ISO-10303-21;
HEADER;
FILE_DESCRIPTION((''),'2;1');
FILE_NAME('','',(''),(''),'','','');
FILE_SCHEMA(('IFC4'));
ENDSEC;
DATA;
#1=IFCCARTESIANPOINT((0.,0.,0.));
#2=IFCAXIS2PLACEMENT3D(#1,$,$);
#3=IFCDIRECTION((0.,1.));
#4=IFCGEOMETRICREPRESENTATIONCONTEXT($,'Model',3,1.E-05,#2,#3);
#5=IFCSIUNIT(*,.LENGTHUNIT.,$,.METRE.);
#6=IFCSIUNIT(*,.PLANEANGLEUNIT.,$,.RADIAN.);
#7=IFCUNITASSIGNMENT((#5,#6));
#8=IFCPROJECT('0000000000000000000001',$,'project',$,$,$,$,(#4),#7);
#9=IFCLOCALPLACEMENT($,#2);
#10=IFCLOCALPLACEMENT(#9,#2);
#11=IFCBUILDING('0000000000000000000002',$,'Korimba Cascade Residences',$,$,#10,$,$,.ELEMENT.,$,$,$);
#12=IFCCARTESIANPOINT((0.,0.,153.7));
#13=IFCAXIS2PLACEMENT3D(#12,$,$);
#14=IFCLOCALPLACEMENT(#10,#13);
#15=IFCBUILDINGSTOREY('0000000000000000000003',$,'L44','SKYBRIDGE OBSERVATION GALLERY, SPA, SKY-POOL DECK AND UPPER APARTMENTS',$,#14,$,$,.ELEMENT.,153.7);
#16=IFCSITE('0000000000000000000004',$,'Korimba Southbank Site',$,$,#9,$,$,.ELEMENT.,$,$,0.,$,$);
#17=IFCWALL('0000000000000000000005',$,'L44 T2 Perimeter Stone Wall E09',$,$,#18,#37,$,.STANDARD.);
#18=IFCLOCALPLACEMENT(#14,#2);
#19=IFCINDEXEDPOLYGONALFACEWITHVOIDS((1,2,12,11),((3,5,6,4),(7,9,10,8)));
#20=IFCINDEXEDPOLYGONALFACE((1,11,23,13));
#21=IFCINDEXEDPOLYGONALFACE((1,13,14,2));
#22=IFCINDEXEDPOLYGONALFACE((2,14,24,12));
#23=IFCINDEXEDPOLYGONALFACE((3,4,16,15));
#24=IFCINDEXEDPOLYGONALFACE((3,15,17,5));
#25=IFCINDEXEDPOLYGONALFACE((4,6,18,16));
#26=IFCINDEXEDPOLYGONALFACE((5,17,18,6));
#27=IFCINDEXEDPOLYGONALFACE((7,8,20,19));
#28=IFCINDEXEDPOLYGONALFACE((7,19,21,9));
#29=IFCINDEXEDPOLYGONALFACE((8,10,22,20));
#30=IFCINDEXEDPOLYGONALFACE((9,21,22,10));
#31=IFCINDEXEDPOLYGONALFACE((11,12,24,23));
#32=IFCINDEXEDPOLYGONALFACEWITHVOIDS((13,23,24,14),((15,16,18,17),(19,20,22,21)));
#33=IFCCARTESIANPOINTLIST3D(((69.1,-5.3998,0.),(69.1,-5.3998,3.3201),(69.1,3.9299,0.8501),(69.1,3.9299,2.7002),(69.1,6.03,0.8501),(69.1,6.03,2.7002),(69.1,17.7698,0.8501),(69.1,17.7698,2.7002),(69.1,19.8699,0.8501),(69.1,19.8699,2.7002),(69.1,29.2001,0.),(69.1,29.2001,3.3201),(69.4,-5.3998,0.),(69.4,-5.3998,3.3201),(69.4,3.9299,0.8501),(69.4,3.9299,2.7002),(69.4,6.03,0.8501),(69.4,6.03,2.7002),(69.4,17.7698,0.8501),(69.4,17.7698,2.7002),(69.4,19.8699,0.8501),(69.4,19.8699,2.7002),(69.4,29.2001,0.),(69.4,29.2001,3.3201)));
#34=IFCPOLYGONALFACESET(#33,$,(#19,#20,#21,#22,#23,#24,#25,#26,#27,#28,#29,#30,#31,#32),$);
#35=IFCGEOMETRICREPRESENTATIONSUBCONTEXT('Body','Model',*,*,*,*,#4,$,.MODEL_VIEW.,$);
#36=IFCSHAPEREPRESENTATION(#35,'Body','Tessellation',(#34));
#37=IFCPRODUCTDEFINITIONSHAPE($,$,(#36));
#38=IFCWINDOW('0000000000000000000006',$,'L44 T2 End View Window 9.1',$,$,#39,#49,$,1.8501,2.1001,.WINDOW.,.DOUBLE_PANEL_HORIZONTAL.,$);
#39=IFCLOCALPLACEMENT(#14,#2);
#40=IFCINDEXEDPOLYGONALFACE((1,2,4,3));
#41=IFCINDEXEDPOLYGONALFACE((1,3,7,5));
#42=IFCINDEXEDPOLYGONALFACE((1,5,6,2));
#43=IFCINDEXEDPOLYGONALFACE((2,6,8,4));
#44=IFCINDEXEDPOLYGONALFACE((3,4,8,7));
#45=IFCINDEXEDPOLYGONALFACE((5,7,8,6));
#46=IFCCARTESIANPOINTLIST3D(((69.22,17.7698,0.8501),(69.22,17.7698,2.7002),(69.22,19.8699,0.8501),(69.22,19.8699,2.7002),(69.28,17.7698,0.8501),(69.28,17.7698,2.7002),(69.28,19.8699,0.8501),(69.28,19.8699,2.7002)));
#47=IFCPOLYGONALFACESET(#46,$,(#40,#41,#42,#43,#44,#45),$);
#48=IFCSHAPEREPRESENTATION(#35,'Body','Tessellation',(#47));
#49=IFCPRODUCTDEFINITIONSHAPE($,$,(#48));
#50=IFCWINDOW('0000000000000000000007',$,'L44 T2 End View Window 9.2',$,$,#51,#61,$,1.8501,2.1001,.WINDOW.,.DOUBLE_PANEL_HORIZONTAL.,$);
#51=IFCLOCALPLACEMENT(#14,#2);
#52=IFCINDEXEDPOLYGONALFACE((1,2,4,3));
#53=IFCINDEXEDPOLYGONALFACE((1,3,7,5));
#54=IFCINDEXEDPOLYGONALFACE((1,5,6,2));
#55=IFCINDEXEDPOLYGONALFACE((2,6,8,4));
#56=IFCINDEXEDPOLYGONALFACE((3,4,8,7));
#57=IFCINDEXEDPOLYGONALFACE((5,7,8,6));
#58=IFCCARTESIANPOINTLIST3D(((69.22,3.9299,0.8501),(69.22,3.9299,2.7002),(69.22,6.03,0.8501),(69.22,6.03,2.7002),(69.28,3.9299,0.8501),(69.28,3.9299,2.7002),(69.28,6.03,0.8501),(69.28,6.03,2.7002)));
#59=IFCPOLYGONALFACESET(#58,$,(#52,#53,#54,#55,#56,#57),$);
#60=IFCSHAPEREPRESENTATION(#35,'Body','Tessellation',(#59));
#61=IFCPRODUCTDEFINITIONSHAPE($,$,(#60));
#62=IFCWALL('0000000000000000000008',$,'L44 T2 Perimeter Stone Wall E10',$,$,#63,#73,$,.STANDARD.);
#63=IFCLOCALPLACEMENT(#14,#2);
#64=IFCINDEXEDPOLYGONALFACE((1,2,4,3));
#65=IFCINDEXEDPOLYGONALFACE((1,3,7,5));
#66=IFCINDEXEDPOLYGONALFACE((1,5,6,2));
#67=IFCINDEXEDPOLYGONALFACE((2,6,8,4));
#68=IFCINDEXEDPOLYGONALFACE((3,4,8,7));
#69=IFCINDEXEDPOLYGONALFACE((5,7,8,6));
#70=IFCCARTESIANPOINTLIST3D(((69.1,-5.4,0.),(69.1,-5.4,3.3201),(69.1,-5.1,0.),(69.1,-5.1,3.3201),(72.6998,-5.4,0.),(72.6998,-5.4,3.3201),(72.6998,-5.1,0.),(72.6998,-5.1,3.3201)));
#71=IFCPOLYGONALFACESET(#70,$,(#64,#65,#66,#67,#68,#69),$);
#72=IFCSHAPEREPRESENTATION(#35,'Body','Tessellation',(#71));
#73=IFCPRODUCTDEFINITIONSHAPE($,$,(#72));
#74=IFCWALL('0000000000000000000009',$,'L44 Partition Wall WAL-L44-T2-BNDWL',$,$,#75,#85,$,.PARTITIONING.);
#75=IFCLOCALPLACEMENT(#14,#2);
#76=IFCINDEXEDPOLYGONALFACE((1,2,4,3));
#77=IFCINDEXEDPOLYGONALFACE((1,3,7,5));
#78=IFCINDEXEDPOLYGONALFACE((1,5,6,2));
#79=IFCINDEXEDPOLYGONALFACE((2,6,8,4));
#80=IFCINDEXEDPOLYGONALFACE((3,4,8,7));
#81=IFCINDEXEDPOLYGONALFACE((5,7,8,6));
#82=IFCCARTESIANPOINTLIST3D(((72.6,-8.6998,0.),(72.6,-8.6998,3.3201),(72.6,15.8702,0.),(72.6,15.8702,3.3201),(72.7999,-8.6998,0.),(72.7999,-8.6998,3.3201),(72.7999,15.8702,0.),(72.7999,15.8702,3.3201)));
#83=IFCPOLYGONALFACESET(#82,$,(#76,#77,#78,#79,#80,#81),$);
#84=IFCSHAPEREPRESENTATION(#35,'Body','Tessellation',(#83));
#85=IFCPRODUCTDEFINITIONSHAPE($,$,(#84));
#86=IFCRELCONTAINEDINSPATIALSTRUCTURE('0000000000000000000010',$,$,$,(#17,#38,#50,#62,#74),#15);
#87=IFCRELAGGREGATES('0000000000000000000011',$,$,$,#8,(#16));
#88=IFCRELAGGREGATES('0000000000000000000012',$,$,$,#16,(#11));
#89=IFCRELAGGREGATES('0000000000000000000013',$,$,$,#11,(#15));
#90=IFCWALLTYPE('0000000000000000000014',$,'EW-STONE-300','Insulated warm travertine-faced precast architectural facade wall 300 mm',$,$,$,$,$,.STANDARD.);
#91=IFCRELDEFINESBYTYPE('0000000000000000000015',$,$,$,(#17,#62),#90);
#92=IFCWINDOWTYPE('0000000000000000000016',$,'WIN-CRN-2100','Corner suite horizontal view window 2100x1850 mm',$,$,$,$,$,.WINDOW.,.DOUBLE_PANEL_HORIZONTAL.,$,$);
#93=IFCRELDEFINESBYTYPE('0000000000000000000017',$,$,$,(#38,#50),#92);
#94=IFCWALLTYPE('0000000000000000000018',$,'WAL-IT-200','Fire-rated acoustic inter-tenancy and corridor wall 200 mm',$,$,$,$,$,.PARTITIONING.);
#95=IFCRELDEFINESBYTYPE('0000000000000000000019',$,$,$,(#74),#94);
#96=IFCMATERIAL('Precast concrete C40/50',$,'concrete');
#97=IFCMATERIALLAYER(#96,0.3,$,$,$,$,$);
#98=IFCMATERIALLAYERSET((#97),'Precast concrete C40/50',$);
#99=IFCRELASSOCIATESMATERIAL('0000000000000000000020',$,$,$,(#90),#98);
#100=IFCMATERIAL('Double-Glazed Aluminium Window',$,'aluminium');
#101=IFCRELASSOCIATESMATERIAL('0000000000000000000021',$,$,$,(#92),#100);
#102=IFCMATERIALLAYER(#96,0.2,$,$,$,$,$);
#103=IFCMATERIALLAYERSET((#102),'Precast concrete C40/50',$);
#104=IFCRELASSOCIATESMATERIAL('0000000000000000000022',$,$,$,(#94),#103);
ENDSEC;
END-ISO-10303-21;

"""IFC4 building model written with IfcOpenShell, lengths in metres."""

from ifc_helpers import new_model, si_unit, direction, frame, frame_2d, origin, place, context, subcontext, project, spatial, rectangle, extrude, material, layer, layer_set, type_object, element, fill, save


model = new_model("IFC4")

# Units and contexts
model_context = context("Model", 3, precision=1e-05, world=origin(), true_north=direction((0.0, 1.0)))
body_context = subcontext(model_context, "Body", "Model", "MODEL_VIEW")
ifc_project = project(units=[si_unit("LENGTHUNIT", "METRE"), si_unit("PLANEANGLEUNIT", "RADIAN")], contexts=[model_context])

# Site, building, storey
site_placement = place(None, origin())
site = spatial("IfcSite", under=ifc_project, at=site_placement, Name="Korimba Southbank Site", CompositionType="ELEMENT", RefElevation=0.0)
building_placement = place(site_placement, origin())
building = spatial("IfcBuilding", under=site, at=building_placement, Name="Korimba Cascade Residences", CompositionType="ELEMENT")
storey_placement = place(building_placement, frame((0.0, 0.0, 153.7)))
storey = spatial("IfcBuildingStorey", under=building, at=storey_placement, Name="L44", Description="SKYBRIDGE OBSERVATION GALLERY, SPA, SKY-POOL DECK AND UPPER APARTMENTS", CompositionType="ELEMENT", Elevation=153.7)

# Shared definitions
ifc_material_1 = material(Name="Precast concrete C40/50", Category="concrete")

# Shared definitions
ifc_material_2 = material(Name="Double-Glazed Aluminium Window", Category="aluminium")

# Wall, openings, windows
ifc_layer_1 = layer(ifc_material_1, 0.3)
ifc_layer_set_1 = layer_set([ifc_layer_1], Name="Precast concrete C40/50")
wall_type_1 = type_object("IfcWallType", Name="EW-STONE-300", Description="Insulated warm travertine-faced precast architectural facade wall 300 mm", PredefinedType="STANDARD", material=ifc_layer_set_1)
wall_1_placement = place(storey_placement, frame((69.25, 29.2, 0.0), z_axis=(0.0, 0.0, 1.0), x_axis=(0.0, -1.0, 0.0)))
wall_1 = element("IfcWall", 1, at=wall_1_placement, inside=storey, type_object=wall_type_1, Name="L44 T2 Perimeter Stone Wall E09", PredefinedType="STANDARD", context=body_context, shape_type="SweptSolid", body=[
    extrude(rectangle(XDim=34.5999, YDim=0.3, at=frame_2d((17.2998, 0.0))), origin(), (0.0, 0.0, 1.0), 3.3201),
])
opening_1_placement = place(wall_1_placement, frame((9.3301, 0.0, 0.8501)))
opening_1 = element("IfcOpeningElement", 2, at=opening_1_placement, cuts=wall_1, PredefinedType="OPENING", context=body_context, shape_type="SweptSolid", body=[
    extrude(rectangle(XDim=2.1001, YDim=1.8501, at=frame_2d((1.05, 0.925))), frame((0.0, 0.1602, 0.0), z_axis=(0.0, -1.0, 0.0), x_axis=(1.0, 0.0, 0.0)), (0.0, 0.0, 1.0), 0.3201),
])
opening_2_placement = place(wall_1_placement, frame((23.1699, 0.0, 0.8501)))
opening_2 = element("IfcOpeningElement", 3, at=opening_2_placement, cuts=wall_1, PredefinedType="OPENING", context=body_context, shape_type="SweptSolid", body=[
    extrude(rectangle(XDim=2.1001, YDim=1.8501, at=frame_2d((1.05, 0.925))), frame((0.0, 0.1602, 0.0), z_axis=(0.0, -1.0, 0.0), x_axis=(1.0, 0.0, 0.0)), (0.0, 0.0, 1.0), 0.3201),
])
window_type_1 = type_object("IfcWindowType", Name="WIN-CRN-2100", Description="Corner suite horizontal view window 2100x1850 mm", PartitioningType="DOUBLE_PANEL_HORIZONTAL", PredefinedType="WINDOW", material=ifc_material_2)
window_1_placement = place(opening_1_placement, origin())
window_1 = element("IfcWindow", 4, at=window_1_placement, inside=storey, type_object=window_type_1, Name="L44 T2 End View Window 9.1", OverallHeight=1.8501, OverallWidth=2.1001, PartitioningType="DOUBLE_PANEL_HORIZONTAL", PredefinedType="WINDOW", context=body_context, shape_type="SweptSolid", body=[
    extrude(rectangle(XDim=2.1001, YDim=1.8501, at=frame_2d((1.05, 0.925))), frame((0.0, 0.03, 0.0), z_axis=(0.0, -1.0, 0.0), x_axis=(1.0, 0.0, 0.0)), (0.0, 0.0, 1.0), 0.0601),
])
fill(opening_1, window_1)
window_2_placement = place(opening_2_placement, origin())
window_2 = element("IfcWindow", 5, at=window_2_placement, inside=storey, type_object=window_type_1, Name="L44 T2 End View Window 9.2", OverallHeight=1.8501, OverallWidth=2.1001, PartitioningType="DOUBLE_PANEL_HORIZONTAL", PredefinedType="WINDOW", context=body_context, shape_type="SweptSolid", body=[
    extrude(rectangle(XDim=2.1001, YDim=1.8501, at=frame_2d((1.05, 0.925))), frame((0.0, 0.03, 0.0), z_axis=(0.0, -1.0, 0.0), x_axis=(1.0, 0.0, 0.0)), (0.0, 0.0, 1.0), 0.0601),
])
fill(opening_2, window_2)

# Walls
wall_2_placement = place(storey_placement, frame((69.1001, -5.25, 0.0), z_axis=(0.0, 0.0, 1.0), x_axis=(1.0, 0.0, 0.0)))
element("IfcWall", 6, at=wall_2_placement, inside=storey, type_object=wall_type_1, Name="L44 T2 Perimeter Stone Wall E10", PredefinedType="STANDARD", context=body_context, shape_type="SweptSolid", body=[
    extrude(rectangle(XDim=3.5999, YDim=0.3, at=frame_2d((1.7998, 0.0))), origin(), (0.0, 0.0, 1.0), 3.3201),
])
ifc_layer_2 = layer(ifc_material_1, 0.2)
ifc_layer_set_2 = layer_set([ifc_layer_2], Name="Precast concrete C40/50")
wall_type_2 = type_object("IfcWallType", Name="WAL-IT-200", Description="Fire-rated acoustic inter-tenancy and corridor wall 200 mm", PredefinedType="PARTITIONING", material=ifc_layer_set_2)
wall_3_placement = place(storey_placement, frame((72.7, -8.7, 0.0), z_axis=(0.0, 0.0, 1.0), x_axis=(0.0, 1.0, 0.0)))
element("IfcWall", 7, at=wall_3_placement, inside=storey, type_object=wall_type_2, Name="L44 Partition Wall WAL-L44-T2-BNDWL", PredefinedType="PARTITIONING", context=body_context, shape_type="SweptSolid", body=[
    extrude(rectangle(XDim=24.5701, YDim=0.2, at=frame_2d((12.2852, 0.0))), origin(), (0.0, 0.0, 1.0), 3.3201),
])

save(model, "model.ifc")
